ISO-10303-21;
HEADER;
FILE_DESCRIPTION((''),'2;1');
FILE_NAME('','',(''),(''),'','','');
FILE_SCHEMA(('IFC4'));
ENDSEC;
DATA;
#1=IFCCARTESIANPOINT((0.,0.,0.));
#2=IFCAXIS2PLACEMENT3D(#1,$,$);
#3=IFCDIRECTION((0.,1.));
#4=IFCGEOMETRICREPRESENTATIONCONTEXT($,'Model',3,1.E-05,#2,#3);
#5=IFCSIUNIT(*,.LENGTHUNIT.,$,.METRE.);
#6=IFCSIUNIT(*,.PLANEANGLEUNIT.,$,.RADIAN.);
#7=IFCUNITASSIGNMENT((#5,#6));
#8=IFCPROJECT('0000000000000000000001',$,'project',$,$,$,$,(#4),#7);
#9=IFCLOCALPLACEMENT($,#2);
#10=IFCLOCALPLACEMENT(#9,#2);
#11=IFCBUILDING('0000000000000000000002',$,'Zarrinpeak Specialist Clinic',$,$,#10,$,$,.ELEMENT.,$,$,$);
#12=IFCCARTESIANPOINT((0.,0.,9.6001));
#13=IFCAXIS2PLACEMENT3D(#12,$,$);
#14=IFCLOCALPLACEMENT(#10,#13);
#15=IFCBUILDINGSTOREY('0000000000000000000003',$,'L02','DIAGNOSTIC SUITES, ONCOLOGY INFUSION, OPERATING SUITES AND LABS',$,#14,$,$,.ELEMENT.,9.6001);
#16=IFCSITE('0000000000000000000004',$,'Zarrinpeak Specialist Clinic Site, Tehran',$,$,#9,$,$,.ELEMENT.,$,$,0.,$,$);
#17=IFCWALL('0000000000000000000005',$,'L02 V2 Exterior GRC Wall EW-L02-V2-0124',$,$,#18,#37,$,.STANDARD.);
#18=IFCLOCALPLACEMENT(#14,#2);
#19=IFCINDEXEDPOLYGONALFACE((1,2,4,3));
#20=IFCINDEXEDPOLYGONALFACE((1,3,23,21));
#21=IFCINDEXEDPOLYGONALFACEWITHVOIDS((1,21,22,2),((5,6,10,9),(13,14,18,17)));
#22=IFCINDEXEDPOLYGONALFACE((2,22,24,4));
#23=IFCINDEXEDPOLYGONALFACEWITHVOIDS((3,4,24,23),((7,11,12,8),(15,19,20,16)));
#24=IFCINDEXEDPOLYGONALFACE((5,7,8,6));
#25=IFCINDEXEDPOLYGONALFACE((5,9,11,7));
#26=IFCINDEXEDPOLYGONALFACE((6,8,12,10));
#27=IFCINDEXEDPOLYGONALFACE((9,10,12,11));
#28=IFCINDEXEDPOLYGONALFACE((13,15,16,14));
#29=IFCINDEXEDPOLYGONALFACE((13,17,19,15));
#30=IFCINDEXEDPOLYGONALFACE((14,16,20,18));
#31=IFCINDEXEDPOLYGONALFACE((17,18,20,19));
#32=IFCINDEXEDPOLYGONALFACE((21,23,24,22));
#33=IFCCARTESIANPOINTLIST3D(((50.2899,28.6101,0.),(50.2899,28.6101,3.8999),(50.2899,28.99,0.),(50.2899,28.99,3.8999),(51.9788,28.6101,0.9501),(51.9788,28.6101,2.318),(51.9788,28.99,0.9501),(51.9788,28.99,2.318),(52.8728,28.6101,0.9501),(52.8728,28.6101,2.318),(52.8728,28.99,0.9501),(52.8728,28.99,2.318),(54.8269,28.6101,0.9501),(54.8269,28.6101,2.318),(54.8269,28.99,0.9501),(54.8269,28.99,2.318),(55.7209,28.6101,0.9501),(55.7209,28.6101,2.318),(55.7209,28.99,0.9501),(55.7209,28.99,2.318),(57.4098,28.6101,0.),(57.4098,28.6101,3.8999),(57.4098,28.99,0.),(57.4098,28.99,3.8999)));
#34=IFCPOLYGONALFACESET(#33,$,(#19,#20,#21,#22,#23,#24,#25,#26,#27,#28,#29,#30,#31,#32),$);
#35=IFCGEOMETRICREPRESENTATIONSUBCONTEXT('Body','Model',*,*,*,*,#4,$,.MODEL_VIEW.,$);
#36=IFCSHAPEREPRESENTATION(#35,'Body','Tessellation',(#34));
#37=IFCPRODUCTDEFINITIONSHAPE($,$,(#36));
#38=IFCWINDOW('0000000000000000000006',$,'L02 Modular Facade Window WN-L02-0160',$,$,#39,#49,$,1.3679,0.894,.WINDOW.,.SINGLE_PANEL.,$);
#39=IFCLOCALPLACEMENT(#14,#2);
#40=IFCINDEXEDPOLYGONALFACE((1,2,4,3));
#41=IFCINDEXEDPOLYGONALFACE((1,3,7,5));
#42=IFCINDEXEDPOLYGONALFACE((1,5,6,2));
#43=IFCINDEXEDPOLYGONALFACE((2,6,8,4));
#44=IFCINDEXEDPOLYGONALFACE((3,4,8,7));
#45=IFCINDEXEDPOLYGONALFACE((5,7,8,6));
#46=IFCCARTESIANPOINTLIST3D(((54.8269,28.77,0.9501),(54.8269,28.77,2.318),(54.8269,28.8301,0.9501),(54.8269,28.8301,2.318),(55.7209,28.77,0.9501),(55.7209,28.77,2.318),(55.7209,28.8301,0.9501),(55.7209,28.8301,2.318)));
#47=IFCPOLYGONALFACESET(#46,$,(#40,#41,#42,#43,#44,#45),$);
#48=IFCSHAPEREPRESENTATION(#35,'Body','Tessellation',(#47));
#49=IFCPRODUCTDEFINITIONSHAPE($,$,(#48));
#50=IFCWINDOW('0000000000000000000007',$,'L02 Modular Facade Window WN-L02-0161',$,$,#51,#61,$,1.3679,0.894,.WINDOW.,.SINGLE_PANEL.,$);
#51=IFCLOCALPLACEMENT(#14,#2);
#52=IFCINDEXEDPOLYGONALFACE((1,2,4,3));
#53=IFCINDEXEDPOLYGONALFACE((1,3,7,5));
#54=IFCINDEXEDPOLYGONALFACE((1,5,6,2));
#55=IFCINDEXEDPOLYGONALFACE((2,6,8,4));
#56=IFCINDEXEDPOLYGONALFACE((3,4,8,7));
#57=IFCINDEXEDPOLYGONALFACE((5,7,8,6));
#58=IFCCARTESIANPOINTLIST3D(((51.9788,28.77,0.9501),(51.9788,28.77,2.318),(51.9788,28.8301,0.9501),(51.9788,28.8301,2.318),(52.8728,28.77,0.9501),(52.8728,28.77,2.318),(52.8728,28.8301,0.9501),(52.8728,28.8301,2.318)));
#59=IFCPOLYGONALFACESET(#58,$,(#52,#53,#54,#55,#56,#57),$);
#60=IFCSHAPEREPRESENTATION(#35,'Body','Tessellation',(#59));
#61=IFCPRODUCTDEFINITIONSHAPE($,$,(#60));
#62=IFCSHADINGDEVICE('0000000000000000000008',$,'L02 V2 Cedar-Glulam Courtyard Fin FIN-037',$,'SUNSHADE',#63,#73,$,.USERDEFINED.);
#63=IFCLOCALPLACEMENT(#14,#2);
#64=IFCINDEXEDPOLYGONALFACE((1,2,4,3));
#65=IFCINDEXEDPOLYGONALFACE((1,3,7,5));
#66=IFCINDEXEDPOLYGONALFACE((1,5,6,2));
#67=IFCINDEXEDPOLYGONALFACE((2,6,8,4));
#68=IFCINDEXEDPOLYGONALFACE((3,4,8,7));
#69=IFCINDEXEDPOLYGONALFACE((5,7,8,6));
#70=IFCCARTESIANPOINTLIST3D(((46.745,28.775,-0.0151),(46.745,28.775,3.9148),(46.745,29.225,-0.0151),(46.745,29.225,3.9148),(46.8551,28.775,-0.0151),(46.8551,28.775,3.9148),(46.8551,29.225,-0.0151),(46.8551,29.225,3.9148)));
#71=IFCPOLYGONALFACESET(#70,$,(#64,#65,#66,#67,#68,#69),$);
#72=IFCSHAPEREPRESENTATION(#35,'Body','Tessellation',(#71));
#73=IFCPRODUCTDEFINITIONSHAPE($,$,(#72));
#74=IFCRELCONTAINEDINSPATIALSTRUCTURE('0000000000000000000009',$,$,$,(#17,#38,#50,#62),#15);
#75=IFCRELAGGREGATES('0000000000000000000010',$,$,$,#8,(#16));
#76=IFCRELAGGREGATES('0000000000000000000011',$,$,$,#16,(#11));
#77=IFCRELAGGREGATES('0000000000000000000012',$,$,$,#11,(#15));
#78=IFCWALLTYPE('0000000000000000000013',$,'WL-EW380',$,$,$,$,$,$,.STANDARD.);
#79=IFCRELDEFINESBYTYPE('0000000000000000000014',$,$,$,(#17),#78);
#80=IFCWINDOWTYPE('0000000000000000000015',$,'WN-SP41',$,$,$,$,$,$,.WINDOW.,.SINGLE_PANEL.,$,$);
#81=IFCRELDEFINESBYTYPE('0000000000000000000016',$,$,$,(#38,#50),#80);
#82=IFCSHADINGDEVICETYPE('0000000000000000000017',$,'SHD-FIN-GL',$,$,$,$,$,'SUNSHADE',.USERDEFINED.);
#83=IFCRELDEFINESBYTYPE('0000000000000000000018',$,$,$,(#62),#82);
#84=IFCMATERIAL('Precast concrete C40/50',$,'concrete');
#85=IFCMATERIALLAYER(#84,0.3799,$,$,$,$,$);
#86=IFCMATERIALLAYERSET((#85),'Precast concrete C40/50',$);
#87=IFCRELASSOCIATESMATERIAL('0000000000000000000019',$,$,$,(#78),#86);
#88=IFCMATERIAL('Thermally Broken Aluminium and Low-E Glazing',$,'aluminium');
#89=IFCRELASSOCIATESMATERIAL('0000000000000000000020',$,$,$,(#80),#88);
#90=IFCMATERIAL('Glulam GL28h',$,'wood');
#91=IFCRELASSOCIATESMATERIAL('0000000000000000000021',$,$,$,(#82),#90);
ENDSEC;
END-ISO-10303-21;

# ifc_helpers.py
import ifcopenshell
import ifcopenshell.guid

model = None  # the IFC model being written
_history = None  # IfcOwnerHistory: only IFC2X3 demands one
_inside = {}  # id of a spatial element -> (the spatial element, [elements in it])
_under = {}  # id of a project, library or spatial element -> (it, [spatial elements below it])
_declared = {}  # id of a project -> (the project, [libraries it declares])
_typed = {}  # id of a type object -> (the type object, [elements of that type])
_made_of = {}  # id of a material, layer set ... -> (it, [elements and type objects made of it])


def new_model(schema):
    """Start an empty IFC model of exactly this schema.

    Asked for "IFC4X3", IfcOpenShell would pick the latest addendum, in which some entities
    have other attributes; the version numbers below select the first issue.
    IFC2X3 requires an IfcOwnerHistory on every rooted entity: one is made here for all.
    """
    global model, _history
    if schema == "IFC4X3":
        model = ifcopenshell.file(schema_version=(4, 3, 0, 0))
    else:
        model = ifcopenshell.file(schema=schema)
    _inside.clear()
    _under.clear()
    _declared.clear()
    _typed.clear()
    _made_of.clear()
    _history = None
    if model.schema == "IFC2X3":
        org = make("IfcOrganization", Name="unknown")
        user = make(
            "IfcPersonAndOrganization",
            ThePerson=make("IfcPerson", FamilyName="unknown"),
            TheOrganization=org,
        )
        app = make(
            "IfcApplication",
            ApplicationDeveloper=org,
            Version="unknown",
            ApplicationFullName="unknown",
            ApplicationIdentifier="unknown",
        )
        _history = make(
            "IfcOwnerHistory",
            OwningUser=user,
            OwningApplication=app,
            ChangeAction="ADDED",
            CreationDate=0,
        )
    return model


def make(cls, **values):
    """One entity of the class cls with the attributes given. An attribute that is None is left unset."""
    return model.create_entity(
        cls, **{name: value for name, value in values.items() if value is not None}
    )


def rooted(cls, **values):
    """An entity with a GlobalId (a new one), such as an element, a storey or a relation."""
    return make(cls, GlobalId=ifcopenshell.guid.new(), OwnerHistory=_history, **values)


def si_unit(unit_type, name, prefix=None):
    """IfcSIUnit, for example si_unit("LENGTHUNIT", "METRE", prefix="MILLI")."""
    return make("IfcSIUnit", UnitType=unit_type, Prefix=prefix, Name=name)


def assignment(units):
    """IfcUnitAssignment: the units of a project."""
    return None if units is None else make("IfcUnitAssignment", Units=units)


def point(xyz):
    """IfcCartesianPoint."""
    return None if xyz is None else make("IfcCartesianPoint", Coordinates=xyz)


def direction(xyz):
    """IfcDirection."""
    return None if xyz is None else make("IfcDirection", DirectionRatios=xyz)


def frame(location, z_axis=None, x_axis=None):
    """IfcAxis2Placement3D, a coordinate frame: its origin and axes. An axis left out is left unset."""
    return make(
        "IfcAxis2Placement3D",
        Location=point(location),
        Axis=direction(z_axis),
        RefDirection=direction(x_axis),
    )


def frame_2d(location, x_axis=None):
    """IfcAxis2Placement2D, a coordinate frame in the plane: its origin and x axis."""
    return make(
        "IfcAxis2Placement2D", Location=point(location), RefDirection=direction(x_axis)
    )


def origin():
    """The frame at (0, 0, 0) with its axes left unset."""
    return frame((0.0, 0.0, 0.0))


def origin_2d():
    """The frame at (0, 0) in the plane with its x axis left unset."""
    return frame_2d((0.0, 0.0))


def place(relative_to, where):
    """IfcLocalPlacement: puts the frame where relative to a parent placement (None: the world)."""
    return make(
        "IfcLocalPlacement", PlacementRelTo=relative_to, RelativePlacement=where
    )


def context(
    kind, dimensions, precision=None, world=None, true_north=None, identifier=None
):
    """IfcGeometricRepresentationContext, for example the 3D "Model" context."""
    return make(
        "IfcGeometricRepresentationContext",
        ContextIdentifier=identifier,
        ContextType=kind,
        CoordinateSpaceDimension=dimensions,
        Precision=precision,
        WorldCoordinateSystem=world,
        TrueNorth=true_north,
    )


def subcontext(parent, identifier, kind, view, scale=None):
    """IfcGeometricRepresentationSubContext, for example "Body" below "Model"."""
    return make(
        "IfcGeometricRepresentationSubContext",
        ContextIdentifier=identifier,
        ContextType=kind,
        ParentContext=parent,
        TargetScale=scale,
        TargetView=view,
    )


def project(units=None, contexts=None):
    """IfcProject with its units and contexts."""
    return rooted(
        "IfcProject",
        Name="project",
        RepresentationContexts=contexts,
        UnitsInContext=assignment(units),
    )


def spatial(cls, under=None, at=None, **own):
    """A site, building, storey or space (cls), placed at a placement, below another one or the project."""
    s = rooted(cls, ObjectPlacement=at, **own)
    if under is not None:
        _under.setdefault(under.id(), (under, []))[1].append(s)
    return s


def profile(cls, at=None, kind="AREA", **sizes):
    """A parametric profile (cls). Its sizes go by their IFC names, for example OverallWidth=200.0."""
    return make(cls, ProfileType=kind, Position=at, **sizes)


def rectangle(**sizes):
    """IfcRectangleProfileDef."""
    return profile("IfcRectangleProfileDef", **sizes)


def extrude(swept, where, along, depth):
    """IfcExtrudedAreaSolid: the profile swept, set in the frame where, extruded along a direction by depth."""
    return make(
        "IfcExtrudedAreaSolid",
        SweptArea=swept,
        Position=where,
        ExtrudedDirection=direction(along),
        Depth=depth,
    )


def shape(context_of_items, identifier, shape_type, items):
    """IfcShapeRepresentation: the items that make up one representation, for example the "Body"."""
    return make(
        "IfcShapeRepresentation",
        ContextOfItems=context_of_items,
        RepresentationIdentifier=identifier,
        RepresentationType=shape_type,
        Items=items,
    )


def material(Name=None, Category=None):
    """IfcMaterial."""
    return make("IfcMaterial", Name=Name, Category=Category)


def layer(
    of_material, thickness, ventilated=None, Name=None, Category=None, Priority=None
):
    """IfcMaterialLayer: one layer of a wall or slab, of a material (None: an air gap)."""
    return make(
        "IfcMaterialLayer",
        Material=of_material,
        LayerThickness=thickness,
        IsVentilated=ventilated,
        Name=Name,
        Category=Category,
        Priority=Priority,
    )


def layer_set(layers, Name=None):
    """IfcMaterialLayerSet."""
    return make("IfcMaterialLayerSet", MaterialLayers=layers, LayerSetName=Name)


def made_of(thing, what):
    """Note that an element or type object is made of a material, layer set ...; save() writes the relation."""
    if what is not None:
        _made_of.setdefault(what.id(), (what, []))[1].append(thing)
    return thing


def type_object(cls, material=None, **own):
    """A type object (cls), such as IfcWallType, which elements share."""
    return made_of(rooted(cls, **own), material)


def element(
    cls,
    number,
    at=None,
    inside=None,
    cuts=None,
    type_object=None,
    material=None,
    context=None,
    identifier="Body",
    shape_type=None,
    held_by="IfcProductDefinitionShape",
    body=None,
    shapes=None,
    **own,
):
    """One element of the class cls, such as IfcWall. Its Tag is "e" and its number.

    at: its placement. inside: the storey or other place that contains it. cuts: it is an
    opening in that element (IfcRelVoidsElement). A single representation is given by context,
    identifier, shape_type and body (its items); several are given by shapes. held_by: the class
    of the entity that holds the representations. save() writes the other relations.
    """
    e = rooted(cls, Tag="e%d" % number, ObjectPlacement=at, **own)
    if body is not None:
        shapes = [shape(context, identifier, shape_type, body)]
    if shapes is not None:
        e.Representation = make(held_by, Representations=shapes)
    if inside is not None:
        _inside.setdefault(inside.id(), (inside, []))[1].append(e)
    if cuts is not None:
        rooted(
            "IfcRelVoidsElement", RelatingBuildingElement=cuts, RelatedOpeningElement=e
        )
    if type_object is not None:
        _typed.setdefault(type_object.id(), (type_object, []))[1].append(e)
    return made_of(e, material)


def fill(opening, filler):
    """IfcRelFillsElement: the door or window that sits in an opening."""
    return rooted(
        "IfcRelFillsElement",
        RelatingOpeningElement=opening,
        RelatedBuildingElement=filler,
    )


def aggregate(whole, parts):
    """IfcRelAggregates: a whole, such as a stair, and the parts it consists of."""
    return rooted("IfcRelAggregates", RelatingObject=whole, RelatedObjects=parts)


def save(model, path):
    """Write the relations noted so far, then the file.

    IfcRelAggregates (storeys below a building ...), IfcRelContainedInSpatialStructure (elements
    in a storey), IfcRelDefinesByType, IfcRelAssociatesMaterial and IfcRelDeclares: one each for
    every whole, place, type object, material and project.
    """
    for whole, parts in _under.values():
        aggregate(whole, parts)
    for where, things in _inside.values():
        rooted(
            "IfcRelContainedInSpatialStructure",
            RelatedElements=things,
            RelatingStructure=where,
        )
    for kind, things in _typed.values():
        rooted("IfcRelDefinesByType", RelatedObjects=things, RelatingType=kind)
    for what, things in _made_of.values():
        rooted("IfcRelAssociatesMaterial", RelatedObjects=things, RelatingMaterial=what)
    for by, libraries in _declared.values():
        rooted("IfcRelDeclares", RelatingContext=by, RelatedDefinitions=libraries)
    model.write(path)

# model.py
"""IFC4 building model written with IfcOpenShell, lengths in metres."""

from ifc_helpers import new_model, si_unit, direction, frame, frame_2d, origin, origin_2d, place, context, subcontext, project, spatial, rectangle, extrude, material, layer, layer_set, type_object, element, fill, save


model = new_model("IFC4")

# Units and contexts
model_context = context("Model", 3, precision=1e-05, world=origin(), true_north=direction((0.0, 1.0)))
body_context = subcontext(model_context, "Body", "Model", "MODEL_VIEW")
ifc_project = project(units=[si_unit("LENGTHUNIT", "METRE"), si_unit("PLANEANGLEUNIT", "RADIAN")], contexts=[model_context])

# Site, building, storey
site_placement = place(None, origin())
site = spatial("IfcSite", under=ifc_project, at=site_placement, Name="Zarrinpeak Specialist Clinic Site, Tehran", CompositionType="ELEMENT", RefElevation=0.0)
building_placement = place(site_placement, origin())
building = spatial("IfcBuilding", under=site, at=building_placement, Name="Zarrinpeak Specialist Clinic", CompositionType="ELEMENT")
storey_placement = place(building_placement, frame((0.0, 0.0, 9.6001)))
storey = spatial("IfcBuildingStorey", under=building, at=storey_placement, Name="L02", Description="DIAGNOSTIC SUITES, ONCOLOGY INFUSION, OPERATING SUITES AND LABS", CompositionType="ELEMENT", Elevation=9.6001)

# Wall, openings, windows
ifc_material_1 = material(Name="Precast concrete C40/50", Category="concrete")
ifc_layer_1 = layer(ifc_material_1, 0.3799)
ifc_layer_set_1 = layer_set([ifc_layer_1], Name="Precast concrete C40/50")
wall_type = type_object("IfcWallType", Name="WL-EW380", PredefinedType="STANDARD", material=ifc_layer_set_1)
wall_placement = place(storey_placement, frame((57.4099, 28.8, 0.0), z_axis=(0.0, 0.0, 1.0), x_axis=(-1.0, 0.0, 0.0)))
wall = element("IfcWall", 1, at=wall_placement, inside=storey, type_object=wall_type, Name="L02 V2 Exterior GRC Wall EW-L02-V2-0124", PredefinedType="STANDARD", context=body_context, shape_type="SweptSolid", body=[
    extrude(rectangle(XDim=7.1199, YDim=0.3799, at=frame_2d((3.5601, 0.0))), origin(), (0.0, 0.0, 1.0), 3.8999),
])
opening_1_placement = place(wall_placement, frame((1.689, 0.0, 0.95)))
opening_1 = element("IfcOpeningElement", 2, at=opening_1_placement, cuts=wall, PredefinedType="OPENING", context=body_context, shape_type="SweptSolid", body=[
    extrude(rectangle(XDim=0.894, YDim=1.3679, at=frame_2d((0.447, 0.6841))), frame((0.0, 0.2, 0.0), z_axis=(0.0, -1.0, 0.0), x_axis=(1.0, 0.0, 0.0)), (0.0, 0.0, 1.0), 0.3999),
])
opening_2_placement = place(wall_placement, frame((4.5371, 0.0, 0.95)))
opening_2 = element("IfcOpeningElement", 3, at=opening_2_placement, cuts=wall, PredefinedType="OPENING", context=body_context, shape_type="SweptSolid", body=[
    extrude(rectangle(XDim=0.894, YDim=1.3679, at=frame_2d((0.447, 0.6841))), frame((0.0, 0.2, 0.0), z_axis=(0.0, -1.0, 0.0), x_axis=(1.0, 0.0, 0.0)), (0.0, 0.0, 1.0), 0.3999),
])
ifc_material_2 = material(Name="Thermally Broken Aluminium and Low-E Glazing", Category="aluminium")
window_type = type_object("IfcWindowType", Name="WN-SP41", PartitioningType="SINGLE_PANEL", PredefinedType="WINDOW", material=ifc_material_2)
window_1_placement = place(opening_1_placement, origin())
window_1 = element("IfcWindow", 4, at=window_1_placement, inside=storey, type_object=window_type, Name="L02 Modular Facade Window WN-L02-0160", OverallHeight=1.3679, OverallWidth=0.894, PartitioningType="SINGLE_PANEL", PredefinedType="WINDOW", context=body_context, shape_type="SweptSolid", body=[
    extrude(rectangle(XDim=0.894, YDim=1.3679, at=frame_2d((0.447, 0.6841))), frame((0.0, 0.03, 0.0), z_axis=(0.0, -1.0, 0.0), x_axis=(1.0, 0.0, 0.0)), (0.0, 0.0, 1.0), 0.0601),
])
fill(opening_1, window_1)
window_2_placement = place(opening_2_placement, origin())
window_2 = element("IfcWindow", 5, at=window_2_placement, inside=storey, type_object=window_type, Name="L02 Modular Facade Window WN-L02-0161", OverallHeight=1.3679, OverallWidth=0.894, PartitioningType="SINGLE_PANEL", PredefinedType="WINDOW", context=body_context, shape_type="SweptSolid", body=[
    extrude(rectangle(XDim=0.894, YDim=1.3679, at=frame_2d((0.447, 0.6841))), frame((0.0, 0.03, 0.0), z_axis=(0.0, -1.0, 0.0), x_axis=(1.0, 0.0, 0.0)), (0.0, 0.0, 1.0), 0.0601),
])
fill(opening_2, window_2)

# Shading device
ifc_material_3 = material(Name="Glulam GL28h", Category="wood")
shading_device_type = type_object("IfcShadingDeviceType", Name="SHD-FIN-GL", ElementType="SUNSHADE", PredefinedType="USERDEFINED", material=ifc_material_3)
shading_device_placement = place(storey_placement, frame((46.8, 29.0, -0.0151), z_axis=(0.0, 0.0, 1.0), x_axis=(1.0, 0.0, 0.0)))
element("IfcShadingDevice", 6, at=shading_device_placement, inside=storey, type_object=shading_device_type, Name="L02 V2 Cedar-Glulam Courtyard Fin FIN-037", ObjectType="SUNSHADE", PredefinedType="USERDEFINED", context=body_context, shape_type="SweptSolid", body=[
    extrude(rectangle(XDim=0.1101, YDim=0.45, at=origin_2d()), origin(), (0.0, 0.0, 1.0), 3.9299),
])

save(model, "model.ifc")
